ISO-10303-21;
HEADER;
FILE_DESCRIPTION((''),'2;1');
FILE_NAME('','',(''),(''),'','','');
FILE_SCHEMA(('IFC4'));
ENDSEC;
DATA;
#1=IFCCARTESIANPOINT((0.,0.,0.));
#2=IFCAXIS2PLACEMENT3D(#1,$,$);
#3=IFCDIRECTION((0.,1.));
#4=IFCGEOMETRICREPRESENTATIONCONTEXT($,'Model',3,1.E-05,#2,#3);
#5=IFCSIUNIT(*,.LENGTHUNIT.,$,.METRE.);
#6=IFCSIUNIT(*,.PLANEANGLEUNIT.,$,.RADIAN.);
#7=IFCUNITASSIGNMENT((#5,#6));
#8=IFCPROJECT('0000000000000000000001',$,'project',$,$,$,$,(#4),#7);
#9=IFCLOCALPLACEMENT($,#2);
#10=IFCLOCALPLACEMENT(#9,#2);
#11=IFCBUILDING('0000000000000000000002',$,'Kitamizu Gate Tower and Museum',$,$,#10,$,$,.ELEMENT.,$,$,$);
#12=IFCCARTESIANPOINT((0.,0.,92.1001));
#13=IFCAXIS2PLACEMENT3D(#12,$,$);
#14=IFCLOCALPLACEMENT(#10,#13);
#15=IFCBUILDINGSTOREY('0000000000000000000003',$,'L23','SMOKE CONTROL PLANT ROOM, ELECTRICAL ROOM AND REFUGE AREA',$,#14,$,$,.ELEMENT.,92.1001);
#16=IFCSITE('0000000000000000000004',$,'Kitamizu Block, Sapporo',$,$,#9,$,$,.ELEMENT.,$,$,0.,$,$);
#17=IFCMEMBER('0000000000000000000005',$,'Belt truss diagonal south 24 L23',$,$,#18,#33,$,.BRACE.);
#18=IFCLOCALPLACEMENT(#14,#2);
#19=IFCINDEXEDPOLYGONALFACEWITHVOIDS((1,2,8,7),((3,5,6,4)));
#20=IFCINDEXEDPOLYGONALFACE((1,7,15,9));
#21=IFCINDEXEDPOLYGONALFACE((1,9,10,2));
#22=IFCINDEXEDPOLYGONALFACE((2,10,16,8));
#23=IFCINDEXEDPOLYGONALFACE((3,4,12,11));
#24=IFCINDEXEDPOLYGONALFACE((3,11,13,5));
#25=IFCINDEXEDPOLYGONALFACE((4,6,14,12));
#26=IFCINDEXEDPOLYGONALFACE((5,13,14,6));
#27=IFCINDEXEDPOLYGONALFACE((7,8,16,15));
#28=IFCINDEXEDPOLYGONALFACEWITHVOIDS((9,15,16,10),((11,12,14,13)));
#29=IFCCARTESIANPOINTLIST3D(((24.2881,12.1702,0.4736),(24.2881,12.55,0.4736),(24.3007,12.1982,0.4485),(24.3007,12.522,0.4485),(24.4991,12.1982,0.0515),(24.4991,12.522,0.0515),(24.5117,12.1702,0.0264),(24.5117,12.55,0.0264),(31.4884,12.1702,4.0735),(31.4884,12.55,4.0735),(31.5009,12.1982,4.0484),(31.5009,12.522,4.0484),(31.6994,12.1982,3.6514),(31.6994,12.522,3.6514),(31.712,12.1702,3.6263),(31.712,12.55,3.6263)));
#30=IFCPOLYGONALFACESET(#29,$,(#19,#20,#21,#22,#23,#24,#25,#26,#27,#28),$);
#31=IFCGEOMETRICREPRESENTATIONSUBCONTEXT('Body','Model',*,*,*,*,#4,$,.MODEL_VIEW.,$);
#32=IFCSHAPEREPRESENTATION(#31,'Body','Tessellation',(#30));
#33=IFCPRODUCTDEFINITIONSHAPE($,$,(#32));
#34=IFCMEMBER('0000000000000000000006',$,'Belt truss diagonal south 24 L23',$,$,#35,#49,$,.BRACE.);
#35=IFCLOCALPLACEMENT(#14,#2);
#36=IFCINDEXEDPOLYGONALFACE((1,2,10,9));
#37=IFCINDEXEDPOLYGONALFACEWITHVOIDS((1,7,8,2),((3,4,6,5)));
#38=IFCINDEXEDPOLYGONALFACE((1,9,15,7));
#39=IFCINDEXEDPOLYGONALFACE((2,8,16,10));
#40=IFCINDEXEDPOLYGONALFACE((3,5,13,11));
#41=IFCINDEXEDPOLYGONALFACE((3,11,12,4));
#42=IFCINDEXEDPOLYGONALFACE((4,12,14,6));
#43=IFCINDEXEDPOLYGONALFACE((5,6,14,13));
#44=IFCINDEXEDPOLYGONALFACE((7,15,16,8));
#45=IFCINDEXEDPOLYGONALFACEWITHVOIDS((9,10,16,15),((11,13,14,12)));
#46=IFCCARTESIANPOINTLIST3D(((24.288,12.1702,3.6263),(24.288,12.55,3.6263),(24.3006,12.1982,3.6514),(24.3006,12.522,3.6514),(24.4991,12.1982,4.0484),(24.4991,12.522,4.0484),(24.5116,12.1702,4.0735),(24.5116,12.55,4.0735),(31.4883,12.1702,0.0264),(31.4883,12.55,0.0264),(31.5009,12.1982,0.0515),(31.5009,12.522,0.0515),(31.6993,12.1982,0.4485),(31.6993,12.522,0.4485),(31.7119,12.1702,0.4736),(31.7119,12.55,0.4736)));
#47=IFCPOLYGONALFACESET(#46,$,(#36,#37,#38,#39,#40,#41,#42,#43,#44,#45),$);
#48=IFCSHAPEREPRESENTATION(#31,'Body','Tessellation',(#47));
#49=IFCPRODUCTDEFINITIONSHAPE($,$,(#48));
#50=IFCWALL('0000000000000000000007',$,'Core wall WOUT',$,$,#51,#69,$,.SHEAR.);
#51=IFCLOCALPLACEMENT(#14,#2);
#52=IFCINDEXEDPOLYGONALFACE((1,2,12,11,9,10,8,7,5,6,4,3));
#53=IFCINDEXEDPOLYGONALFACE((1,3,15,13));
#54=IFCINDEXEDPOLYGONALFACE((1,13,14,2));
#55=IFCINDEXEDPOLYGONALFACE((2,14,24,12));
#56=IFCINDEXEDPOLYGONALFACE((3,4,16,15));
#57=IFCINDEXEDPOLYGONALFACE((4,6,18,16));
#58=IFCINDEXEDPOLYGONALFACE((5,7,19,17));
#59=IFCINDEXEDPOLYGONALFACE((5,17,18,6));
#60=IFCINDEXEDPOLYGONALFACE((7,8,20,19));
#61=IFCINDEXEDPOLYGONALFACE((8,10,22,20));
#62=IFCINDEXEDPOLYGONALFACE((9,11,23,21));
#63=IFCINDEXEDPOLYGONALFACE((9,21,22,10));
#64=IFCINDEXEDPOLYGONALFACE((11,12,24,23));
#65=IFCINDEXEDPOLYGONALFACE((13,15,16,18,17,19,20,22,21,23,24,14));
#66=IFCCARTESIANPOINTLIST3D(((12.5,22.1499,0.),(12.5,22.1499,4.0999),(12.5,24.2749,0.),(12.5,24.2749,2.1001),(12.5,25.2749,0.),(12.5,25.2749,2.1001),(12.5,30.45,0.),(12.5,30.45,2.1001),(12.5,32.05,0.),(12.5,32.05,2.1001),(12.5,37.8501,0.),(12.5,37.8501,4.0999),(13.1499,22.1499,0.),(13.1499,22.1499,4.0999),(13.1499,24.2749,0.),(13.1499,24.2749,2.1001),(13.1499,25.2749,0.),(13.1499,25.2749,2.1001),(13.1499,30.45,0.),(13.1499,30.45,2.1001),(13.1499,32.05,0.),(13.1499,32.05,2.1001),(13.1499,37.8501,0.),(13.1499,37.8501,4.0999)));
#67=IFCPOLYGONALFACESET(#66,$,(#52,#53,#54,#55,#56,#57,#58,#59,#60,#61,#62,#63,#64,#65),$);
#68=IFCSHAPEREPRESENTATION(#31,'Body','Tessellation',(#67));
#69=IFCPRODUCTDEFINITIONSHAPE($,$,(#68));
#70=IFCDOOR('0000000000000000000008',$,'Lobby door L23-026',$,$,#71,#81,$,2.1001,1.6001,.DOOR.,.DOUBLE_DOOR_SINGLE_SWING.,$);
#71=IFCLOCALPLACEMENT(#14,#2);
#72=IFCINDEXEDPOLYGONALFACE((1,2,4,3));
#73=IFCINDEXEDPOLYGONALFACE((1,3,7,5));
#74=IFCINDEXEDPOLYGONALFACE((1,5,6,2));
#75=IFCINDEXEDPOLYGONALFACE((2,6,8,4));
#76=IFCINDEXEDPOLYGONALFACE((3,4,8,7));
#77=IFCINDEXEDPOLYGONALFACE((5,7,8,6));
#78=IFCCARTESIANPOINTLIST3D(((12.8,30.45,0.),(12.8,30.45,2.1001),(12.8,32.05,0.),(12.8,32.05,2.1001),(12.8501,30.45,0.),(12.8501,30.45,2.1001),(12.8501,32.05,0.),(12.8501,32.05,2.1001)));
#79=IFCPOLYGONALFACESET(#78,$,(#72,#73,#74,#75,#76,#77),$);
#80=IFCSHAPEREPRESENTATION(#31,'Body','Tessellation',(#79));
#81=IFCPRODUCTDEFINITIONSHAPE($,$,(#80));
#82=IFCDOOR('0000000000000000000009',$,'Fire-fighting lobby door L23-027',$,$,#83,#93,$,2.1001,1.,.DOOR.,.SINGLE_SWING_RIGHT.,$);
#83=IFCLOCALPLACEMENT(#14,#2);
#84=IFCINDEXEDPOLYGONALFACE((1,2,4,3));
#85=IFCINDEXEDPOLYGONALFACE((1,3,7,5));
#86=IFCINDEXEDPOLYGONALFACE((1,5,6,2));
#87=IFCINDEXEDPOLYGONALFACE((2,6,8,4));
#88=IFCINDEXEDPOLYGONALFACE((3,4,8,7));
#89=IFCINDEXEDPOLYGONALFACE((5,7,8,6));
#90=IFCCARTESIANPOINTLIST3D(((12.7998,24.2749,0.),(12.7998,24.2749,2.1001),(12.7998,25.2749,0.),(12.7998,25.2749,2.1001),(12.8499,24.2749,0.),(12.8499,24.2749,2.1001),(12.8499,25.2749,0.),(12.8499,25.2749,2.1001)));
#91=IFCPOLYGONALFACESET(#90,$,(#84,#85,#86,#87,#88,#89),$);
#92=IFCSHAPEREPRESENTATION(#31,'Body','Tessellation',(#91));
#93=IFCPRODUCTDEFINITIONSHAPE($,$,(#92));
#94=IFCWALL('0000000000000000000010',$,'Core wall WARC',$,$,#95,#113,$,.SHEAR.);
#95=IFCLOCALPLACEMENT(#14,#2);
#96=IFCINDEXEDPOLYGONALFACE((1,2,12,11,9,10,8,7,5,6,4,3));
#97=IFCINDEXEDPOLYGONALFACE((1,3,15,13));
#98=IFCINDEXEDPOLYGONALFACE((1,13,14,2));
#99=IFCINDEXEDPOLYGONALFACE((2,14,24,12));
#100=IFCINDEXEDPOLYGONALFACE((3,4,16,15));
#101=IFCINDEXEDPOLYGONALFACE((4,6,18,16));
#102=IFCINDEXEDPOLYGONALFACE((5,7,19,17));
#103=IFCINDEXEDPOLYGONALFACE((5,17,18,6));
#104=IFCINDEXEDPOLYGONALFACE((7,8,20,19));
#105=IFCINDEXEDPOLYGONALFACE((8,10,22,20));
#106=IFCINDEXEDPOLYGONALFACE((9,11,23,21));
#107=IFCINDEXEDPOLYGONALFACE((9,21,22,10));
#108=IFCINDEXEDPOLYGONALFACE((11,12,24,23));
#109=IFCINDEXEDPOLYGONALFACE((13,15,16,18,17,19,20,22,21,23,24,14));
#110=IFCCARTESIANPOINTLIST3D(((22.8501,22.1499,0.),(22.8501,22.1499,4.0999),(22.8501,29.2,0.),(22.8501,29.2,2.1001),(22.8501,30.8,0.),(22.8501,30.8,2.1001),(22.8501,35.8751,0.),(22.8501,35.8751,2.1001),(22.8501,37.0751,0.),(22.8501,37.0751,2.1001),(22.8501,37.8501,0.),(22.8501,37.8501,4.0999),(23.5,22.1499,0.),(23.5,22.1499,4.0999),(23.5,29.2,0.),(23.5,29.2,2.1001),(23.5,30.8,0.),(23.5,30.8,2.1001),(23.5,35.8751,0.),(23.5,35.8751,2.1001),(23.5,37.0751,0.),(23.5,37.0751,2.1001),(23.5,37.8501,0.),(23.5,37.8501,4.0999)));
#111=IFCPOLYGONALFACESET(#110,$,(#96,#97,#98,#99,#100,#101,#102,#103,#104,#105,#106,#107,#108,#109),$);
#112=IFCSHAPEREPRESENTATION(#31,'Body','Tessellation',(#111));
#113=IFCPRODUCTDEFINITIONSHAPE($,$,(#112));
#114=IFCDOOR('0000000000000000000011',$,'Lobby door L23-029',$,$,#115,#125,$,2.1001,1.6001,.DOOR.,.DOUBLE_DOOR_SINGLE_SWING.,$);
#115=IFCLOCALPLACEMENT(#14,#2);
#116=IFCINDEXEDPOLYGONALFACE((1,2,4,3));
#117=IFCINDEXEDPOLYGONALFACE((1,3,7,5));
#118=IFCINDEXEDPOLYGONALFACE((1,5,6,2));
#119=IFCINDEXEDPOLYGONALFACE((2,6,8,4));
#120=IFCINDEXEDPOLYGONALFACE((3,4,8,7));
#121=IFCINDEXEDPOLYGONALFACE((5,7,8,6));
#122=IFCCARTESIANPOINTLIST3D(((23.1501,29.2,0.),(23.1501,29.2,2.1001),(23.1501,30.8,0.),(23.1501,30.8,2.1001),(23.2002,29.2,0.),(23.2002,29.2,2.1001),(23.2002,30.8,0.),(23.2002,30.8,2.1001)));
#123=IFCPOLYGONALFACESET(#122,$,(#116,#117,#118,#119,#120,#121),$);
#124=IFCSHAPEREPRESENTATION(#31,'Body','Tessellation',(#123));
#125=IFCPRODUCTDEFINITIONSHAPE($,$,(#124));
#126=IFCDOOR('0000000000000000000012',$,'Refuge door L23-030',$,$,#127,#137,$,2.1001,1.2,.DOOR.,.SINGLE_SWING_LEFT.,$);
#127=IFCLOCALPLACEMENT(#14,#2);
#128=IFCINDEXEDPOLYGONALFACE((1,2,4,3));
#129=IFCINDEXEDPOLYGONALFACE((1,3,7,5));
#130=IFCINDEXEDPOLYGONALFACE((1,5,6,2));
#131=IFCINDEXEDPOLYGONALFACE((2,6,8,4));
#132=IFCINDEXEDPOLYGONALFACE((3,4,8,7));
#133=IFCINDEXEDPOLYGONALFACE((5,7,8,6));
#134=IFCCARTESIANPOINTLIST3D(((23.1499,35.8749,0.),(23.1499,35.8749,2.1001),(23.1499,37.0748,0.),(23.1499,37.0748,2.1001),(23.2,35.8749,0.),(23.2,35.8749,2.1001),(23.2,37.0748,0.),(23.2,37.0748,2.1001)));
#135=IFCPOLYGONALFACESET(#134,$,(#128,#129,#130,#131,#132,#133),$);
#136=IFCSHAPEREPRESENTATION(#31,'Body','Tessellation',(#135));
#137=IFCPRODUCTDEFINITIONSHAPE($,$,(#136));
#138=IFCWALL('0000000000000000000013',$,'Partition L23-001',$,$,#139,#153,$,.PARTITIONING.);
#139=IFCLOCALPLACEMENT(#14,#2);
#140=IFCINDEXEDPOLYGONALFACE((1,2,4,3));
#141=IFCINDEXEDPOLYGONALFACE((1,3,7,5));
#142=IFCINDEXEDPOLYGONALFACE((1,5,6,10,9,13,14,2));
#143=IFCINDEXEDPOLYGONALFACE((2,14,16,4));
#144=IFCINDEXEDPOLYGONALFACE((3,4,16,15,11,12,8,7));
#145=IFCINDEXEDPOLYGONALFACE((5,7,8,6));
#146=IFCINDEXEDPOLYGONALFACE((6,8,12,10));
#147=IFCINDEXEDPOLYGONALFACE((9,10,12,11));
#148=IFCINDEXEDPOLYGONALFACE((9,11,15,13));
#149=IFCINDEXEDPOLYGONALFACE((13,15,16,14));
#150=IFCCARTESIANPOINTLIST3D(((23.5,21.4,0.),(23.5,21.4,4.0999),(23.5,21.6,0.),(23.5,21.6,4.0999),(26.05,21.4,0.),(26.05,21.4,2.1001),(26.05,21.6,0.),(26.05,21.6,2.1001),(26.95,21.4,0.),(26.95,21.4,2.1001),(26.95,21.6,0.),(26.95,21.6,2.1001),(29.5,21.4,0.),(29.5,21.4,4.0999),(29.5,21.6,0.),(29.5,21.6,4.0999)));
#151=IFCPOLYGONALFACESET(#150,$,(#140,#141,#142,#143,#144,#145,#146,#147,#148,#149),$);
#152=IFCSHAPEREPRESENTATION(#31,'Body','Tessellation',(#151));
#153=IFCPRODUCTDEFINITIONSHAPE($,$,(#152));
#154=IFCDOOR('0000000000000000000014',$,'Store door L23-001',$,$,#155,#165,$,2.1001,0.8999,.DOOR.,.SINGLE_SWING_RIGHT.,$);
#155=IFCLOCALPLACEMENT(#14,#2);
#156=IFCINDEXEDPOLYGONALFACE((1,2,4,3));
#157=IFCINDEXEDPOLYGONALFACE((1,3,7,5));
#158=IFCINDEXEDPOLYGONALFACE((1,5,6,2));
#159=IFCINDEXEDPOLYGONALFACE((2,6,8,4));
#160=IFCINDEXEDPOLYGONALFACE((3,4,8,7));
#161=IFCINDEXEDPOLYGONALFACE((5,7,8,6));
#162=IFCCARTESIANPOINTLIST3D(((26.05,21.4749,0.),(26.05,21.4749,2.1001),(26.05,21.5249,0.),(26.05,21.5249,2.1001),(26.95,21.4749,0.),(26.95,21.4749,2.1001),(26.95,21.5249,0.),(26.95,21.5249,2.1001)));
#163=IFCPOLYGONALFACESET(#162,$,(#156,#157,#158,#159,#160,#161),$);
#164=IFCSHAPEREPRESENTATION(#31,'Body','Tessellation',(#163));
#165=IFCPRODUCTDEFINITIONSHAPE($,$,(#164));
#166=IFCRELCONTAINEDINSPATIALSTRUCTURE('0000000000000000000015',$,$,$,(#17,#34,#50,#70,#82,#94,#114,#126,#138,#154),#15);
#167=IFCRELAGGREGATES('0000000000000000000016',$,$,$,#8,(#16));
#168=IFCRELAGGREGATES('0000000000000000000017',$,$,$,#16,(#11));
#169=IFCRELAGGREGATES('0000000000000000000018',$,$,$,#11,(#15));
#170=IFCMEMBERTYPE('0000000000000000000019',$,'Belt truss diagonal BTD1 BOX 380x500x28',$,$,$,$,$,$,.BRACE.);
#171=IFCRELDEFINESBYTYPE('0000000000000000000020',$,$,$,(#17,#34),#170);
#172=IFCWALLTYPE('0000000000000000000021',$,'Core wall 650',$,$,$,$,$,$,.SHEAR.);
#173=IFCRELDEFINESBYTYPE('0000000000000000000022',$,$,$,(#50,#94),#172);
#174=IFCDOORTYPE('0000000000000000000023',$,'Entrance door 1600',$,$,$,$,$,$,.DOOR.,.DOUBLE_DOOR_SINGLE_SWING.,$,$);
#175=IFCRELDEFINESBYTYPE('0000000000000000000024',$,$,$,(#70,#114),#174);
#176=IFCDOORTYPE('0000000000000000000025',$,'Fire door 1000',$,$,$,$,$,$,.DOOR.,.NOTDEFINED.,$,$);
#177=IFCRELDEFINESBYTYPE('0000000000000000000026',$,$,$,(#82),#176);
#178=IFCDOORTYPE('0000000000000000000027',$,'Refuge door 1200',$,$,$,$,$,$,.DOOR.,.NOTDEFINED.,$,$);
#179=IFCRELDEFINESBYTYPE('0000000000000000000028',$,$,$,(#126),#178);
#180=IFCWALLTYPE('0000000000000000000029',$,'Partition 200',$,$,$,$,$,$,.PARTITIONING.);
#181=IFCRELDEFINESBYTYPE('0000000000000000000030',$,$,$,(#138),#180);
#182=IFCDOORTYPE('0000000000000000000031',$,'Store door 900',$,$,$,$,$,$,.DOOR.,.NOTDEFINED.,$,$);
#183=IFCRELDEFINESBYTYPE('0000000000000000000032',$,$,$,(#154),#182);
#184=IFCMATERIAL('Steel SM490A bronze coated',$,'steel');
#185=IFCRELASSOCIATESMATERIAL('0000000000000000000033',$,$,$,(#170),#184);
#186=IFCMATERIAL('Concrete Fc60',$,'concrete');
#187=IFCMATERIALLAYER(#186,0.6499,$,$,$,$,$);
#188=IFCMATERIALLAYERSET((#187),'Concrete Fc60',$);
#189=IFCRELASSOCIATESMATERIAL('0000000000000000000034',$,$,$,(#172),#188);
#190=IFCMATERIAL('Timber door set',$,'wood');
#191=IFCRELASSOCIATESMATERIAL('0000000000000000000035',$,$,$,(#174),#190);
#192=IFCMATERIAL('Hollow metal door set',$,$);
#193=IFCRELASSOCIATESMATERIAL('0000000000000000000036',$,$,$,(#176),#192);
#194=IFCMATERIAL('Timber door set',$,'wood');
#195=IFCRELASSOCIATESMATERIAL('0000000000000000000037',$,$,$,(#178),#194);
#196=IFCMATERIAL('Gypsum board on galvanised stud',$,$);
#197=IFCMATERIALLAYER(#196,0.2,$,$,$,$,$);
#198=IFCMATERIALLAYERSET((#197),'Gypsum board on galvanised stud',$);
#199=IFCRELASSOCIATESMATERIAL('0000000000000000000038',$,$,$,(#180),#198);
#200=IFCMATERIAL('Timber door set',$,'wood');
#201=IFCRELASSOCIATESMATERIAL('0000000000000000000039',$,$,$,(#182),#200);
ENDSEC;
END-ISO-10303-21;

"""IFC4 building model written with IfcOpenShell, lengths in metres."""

from ifc_helpers import new_model, si_unit, direction, frame, frame_2d, origin, origin_2d, place, context, subcontext, project, spatial, rectangle, hollow_rectangle, extrude, material, layer, layer_set, material_profile, profile_set, type_object, element, fill, save


model = new_model("IFC4")

# Units and contexts
model_context = context("Model", 3, precision=1e-05, world=origin(), true_north=direction((0.0, 1.0)))
body_context = subcontext(model_context, "Body", "Model", "MODEL_VIEW")
ifc_project = project(units=[si_unit("LENGTHUNIT", "METRE"), si_unit("PLANEANGLEUNIT", "RADIAN")], contexts=[model_context])

# Site, building, storey
site_placement = place(None, origin())
site = spatial("IfcSite", under=ifc_project, at=site_placement, Name="Kitamizu Block, Sapporo", CompositionType="ELEMENT", RefElevation=0.0)
building_placement = place(site_placement, origin())
building = spatial("IfcBuilding", under=site, at=building_placement, Name="Kitamizu Gate Tower and Museum", CompositionType="ELEMENT")
storey_placement = place(building_placement, frame((0.0, 0.0, 92.1001)))
storey = spatial("IfcBuildingStorey", under=building, at=storey_placement, Name="L23", Description="SMOKE CONTROL PLANT ROOM, ELECTRICAL ROOM AND REFUGE AREA", CompositionType="ELEMENT", Elevation=92.1001)

# Members
ifc_material_1 = material(Name="Steel SM490A bronze coated", Category="steel")
ifc_material_profile = material_profile(ifc_material_1, hollow_rectangle(XDim=0.3799, YDim=0.5, WallThickness=0.0281, at=origin_2d()), Name="BOX 380x500x28")
ifc_profile_set = profile_set([ifc_material_profile], Name="Steel SM490A bronze coated")
member_type = type_object("IfcMemberType", Name="Belt truss diagonal BTD1 BOX 380x500x28", PredefinedType="BRACE", material=ifc_profile_set)
for number, where, z_axis, x_axis, name in (
    (1, (24.3999, 12.3601, 0.25), (0.894439, 0.0, 0.447189), (0.0, 1.0, 0.0), "Belt truss diagonal south 24 L23"),
    (2, (31.6001, 12.3601, 0.25), (-0.894439, 0.0, 0.447189), (0.0, -1.0, 0.0), "Belt truss diagonal south 24 L23"),
):
    element("IfcMember", number, at=place(storey_placement, frame(where, z_axis=z_axis, x_axis=x_axis)), inside=storey, type_object=member_type, Name=name, PredefinedType="BRACE", context=body_context, shape_type="SweptSolid", body=[
        extrude(hollow_rectangle(XDim=0.3799, YDim=0.5, WallThickness=0.0281, at=origin_2d()), origin(), (0.0, 0.0, 1.0), 8.05),
    ])

# Walls, openings, doors
ifc_material_2 = material(Name="Concrete Fc60", Category="concrete")
ifc_layer_1 = layer(ifc_material_2, 0.6499)
ifc_layer_set_1 = layer_set([ifc_layer_1], Name="Concrete Fc60")
wall_type_1 = type_object("IfcWallType", Name="Core wall 650", PredefinedType="SHEAR", material=ifc_layer_set_1)
wall_1_placement = place(storey_placement, frame((12.825, 22.1499, 0.0), z_axis=(0.0, 0.0, 1.0), x_axis=(0.0, 1.0, 0.0)))
wall_1 = element("IfcWall", 3, at=wall_1_placement, inside=storey, type_object=wall_type_1, Name="Core wall WOUT", PredefinedType="SHEAR", context=body_context, shape_type="SweptSolid", body=[
    extrude(rectangle(XDim=15.7002, YDim=0.6499, at=frame_2d((7.8501, 0.0))), origin(), (0.0, 0.0, 1.0), 4.0999),
])
opening_1_placement = place(wall_1_placement, frame((8.3, 0.0, 0.0)))
opening_1 = element("IfcOpeningElement", 4, at=opening_1_placement, cuts=wall_1, PredefinedType="OPENING", context=body_context, shape_type="SweptSolid", body=[
    extrude(rectangle(XDim=1.6001, YDim=2.1001, at=frame_2d((0.8, 1.05))), frame((0.0, 0.335, 0.0), z_axis=(0.0, -1.0, 0.0), x_axis=(1.0, 0.0, 0.0)), (0.0, 0.0, 1.0), 0.6699),
])
opening_2_placement = place(wall_1_placement, frame((2.125, 0.0, 0.0)))
opening_2 = element("IfcOpeningElement", 5, at=opening_2_placement, cuts=wall_1, PredefinedType="OPENING", context=body_context, shape_type="SweptSolid", body=[
    extrude(rectangle(XDim=1.0, YDim=2.1001, at=frame_2d((0.5, 1.05))), frame((0.0, 0.335, 0.0), z_axis=(0.0, -1.0, 0.0), x_axis=(1.0, 0.0, 0.0)), (0.0, 0.0, 1.0), 0.6699),
])
ifc_material_3 = material(Name="Timber door set", Category="wood")
door_type_1 = type_object("IfcDoorType", Name="Entrance door 1600", OperationType="DOUBLE_DOOR_SINGLE_SWING", PredefinedType="DOOR", material=ifc_material_3)
door_1_placement = place(opening_1_placement, origin())
door_1 = element("IfcDoor", 6, at=door_1_placement, inside=storey, type_object=door_type_1, Name="Lobby door L23-026", OperationType="DOUBLE_DOOR_SINGLE_SWING", OverallHeight=2.1001, OverallWidth=1.6001, PredefinedType="DOOR", context=body_context, shape_type="SweptSolid", body=[
    extrude(rectangle(XDim=1.6001, YDim=2.1001, at=frame_2d((0.8, 1.05))), frame((0.0, 0.0249, 0.0), z_axis=(0.0, -1.0, 0.0), x_axis=(1.0, 0.0, 0.0)), (0.0, 0.0, 1.0), 0.05),
])
fill(opening_1, door_1)
ifc_material_4 = material(Name="Hollow metal door set")
door_type_2 = type_object("IfcDoorType", Name="Fire door 1000", OperationType="NOTDEFINED", PredefinedType="DOOR", material=ifc_material_4)
door_2_placement = place(opening_2_placement, frame((1.0, 0.0, 0.0), x_axis=(-1.0, 0.0, 0.0)))
door_2 = element("IfcDoor", 7, at=door_2_placement, inside=storey, type_object=door_type_2, Name="Fire-fighting lobby door L23-027", OperationType="SINGLE_SWING_RIGHT", OverallHeight=2.1001, OverallWidth=1.0, PredefinedType="DOOR", context=body_context, shape_type="SweptSolid", body=[
    extrude(rectangle(XDim=1.0, YDim=2.1001, at=frame_2d((0.5, 1.05))), frame((0.0, 0.0249, 0.0), z_axis=(0.0, -1.0, 0.0), x_axis=(1.0, 0.0, 0.0)), (0.0, 0.0, 1.0), 0.05),
])
fill(opening_2, door_2)
wall_2_placement = place(storey_placement, frame((23.175, 22.1499, 0.0), z_axis=(0.0, 0.0, 1.0), x_axis=(0.0, 1.0, 0.0)))
wall_2 = element("IfcWall", 8, at=wall_2_placement, inside=storey, type_object=wall_type_1, Name="Core wall WARC", PredefinedType="SHEAR", context=body_context, shape_type="SweptSolid", body=[
    extrude(rectangle(XDim=15.7002, YDim=0.6499, at=frame_2d((7.8501, 0.0))), origin(), (0.0, 0.0, 1.0), 4.0999),
])
opening_3_placement = place(wall_2_placement, frame((7.05, 0.0, 0.0)))
opening_3 = element("IfcOpeningElement", 9, at=opening_3_placement, cuts=wall_2, PredefinedType="OPENING", context=body_context, shape_type="SweptSolid", body=[
    extrude(rectangle(XDim=1.6001, YDim=2.1001, at=frame_2d((0.8, 1.05))), frame((0.0, 0.335, 0.0), z_axis=(0.0, -1.0, 0.0), x_axis=(1.0, 0.0, 0.0)), (0.0, 0.0, 1.0), 0.6699),
])
opening_4_placement = place(wall_2_placement, frame((13.7251, 0.0, 0.0)))
opening_4 = element("IfcOpeningElement", 10, at=opening_4_placement, cuts=wall_2, PredefinedType="OPENING", context=body_context, shape_type="SweptSolid", body=[
    extrude(rectangle(XDim=1.2, YDim=2.1001, at=frame_2d((0.6001, 1.05))), frame((0.0, 0.335, 0.0), z_axis=(0.0, -1.0, 0.0), x_axis=(1.0, 0.0, 0.0)), (0.0, 0.0, 1.0), 0.6699),
])
door_3_placement = place(opening_3_placement, origin())
door_3 = element("IfcDoor", 11, at=door_3_placement, inside=storey, type_object=door_type_1, Name="Lobby door L23-029", OperationType="DOUBLE_DOOR_SINGLE_SWING", OverallHeight=2.1001, OverallWidth=1.6001, PredefinedType="DOOR", context=body_context, shape_type="SweptSolid", body=[
    extrude(rectangle(XDim=1.6001, YDim=2.1001, at=frame_2d((0.8, 1.05))), frame((0.0, 0.0249, 0.0), z_axis=(0.0, -1.0, 0.0), x_axis=(1.0, 0.0, 0.0)), (0.0, 0.0, 1.0), 0.05),
])
fill(opening_3, door_3)
ifc_material_5 = material(Name="Timber door set", Category="wood")
door_type_3 = type_object("IfcDoorType", Name="Refuge door 1200", OperationType="NOTDEFINED", PredefinedType="DOOR", material=ifc_material_5)
door_4_placement = place(opening_4_placement, frame((1.2, 0.0, 0.0), x_axis=(-1.0, 0.0, 0.0)))
door_4 = element("IfcDoor", 12, at=door_4_placement, inside=storey, type_object=door_type_3, Name="Refuge door L23-030", OperationType="SINGLE_SWING_LEFT", OverallHeight=2.1001, OverallWidth=1.2, PredefinedType="DOOR", context=body_context, shape_type="SweptSolid", body=[
    extrude(rectangle(XDim=1.2, YDim=2.1001, at=frame_2d((0.6001, 1.05))), frame((0.0, 0.0249, 0.0), z_axis=(0.0, -1.0, 0.0), x_axis=(1.0, 0.0, 0.0)), (0.0, 0.0, 1.0), 0.05),
])
fill(opening_4, door_4)

# Wall, opening, door
ifc_material_6 = material(Name="Gypsum board on galvanised stud")
ifc_layer_2 = layer(ifc_material_6, 0.2)
ifc_layer_set_2 = layer_set([ifc_layer_2], Name="Gypsum board on galvanised stud")
wall_type_2 = type_object("IfcWallType", Name="Partition 200", PredefinedType="PARTITIONING", material=ifc_layer_set_2)
wall_3_placement = place(storey_placement, frame((23.5, 21.5, 0.0), z_axis=(0.0, 0.0, 1.0), x_axis=(1.0, 0.0, 0.0)))
wall_3 = element("IfcWall", 13, at=wall_3_placement, inside=storey, type_object=wall_type_2, Name="Partition L23-001", PredefinedType="PARTITIONING", context=body_context, shape_type="SweptSolid", body=[
    extrude(rectangle(XDim=6.0, YDim=0.2, at=frame_2d((3.0, 0.0))), origin(), (0.0, 0.0, 1.0), 4.0999),
])
opening_5_placement = place(wall_3_placement, frame((2.55, 0.0, 0.0)))
opening_5 = element("IfcOpeningElement", 14, at=opening_5_placement, cuts=wall_3, PredefinedType="OPENING", context=body_context, shape_type="SweptSolid", body=[
    extrude(rectangle(XDim=0.8999, YDim=2.1001, at=frame_2d((0.45, 1.05))), frame((0.0, 0.1099, 0.0), z_axis=(0.0, -1.0, 0.0), x_axis=(1.0, 0.0, 0.0)), (0.0, 0.0, 1.0), 0.22),
])
ifc_material_7 = material(Name="Timber door set", Category="wood")
door_type_4 = type_object("IfcDoorType", Name="Store door 900", OperationType="NOTDEFINED", PredefinedType="DOOR", material=ifc_material_7)
door_5_placement = place(opening_5_placement, origin())
door_5 = element("IfcDoor", 15, at=door_5_placement, inside=storey, type_object=door_type_4, Name="Store door L23-001", OperationType="SINGLE_SWING_RIGHT", OverallHeight=2.1001, OverallWidth=0.8999, PredefinedType="DOOR", context=body_context, shape_type="SweptSolid", body=[
    extrude(rectangle(XDim=0.8999, YDim=2.1001, at=frame_2d((0.45, 1.05))), frame((0.0, 0.0249, 0.0), z_axis=(0.0, -1.0, 0.0), x_axis=(1.0, 0.0, 0.0)), (0.0, 0.0, 1.0), 0.05),
])
fill(opening_5, door_5)

save(model, "model.ifc")
